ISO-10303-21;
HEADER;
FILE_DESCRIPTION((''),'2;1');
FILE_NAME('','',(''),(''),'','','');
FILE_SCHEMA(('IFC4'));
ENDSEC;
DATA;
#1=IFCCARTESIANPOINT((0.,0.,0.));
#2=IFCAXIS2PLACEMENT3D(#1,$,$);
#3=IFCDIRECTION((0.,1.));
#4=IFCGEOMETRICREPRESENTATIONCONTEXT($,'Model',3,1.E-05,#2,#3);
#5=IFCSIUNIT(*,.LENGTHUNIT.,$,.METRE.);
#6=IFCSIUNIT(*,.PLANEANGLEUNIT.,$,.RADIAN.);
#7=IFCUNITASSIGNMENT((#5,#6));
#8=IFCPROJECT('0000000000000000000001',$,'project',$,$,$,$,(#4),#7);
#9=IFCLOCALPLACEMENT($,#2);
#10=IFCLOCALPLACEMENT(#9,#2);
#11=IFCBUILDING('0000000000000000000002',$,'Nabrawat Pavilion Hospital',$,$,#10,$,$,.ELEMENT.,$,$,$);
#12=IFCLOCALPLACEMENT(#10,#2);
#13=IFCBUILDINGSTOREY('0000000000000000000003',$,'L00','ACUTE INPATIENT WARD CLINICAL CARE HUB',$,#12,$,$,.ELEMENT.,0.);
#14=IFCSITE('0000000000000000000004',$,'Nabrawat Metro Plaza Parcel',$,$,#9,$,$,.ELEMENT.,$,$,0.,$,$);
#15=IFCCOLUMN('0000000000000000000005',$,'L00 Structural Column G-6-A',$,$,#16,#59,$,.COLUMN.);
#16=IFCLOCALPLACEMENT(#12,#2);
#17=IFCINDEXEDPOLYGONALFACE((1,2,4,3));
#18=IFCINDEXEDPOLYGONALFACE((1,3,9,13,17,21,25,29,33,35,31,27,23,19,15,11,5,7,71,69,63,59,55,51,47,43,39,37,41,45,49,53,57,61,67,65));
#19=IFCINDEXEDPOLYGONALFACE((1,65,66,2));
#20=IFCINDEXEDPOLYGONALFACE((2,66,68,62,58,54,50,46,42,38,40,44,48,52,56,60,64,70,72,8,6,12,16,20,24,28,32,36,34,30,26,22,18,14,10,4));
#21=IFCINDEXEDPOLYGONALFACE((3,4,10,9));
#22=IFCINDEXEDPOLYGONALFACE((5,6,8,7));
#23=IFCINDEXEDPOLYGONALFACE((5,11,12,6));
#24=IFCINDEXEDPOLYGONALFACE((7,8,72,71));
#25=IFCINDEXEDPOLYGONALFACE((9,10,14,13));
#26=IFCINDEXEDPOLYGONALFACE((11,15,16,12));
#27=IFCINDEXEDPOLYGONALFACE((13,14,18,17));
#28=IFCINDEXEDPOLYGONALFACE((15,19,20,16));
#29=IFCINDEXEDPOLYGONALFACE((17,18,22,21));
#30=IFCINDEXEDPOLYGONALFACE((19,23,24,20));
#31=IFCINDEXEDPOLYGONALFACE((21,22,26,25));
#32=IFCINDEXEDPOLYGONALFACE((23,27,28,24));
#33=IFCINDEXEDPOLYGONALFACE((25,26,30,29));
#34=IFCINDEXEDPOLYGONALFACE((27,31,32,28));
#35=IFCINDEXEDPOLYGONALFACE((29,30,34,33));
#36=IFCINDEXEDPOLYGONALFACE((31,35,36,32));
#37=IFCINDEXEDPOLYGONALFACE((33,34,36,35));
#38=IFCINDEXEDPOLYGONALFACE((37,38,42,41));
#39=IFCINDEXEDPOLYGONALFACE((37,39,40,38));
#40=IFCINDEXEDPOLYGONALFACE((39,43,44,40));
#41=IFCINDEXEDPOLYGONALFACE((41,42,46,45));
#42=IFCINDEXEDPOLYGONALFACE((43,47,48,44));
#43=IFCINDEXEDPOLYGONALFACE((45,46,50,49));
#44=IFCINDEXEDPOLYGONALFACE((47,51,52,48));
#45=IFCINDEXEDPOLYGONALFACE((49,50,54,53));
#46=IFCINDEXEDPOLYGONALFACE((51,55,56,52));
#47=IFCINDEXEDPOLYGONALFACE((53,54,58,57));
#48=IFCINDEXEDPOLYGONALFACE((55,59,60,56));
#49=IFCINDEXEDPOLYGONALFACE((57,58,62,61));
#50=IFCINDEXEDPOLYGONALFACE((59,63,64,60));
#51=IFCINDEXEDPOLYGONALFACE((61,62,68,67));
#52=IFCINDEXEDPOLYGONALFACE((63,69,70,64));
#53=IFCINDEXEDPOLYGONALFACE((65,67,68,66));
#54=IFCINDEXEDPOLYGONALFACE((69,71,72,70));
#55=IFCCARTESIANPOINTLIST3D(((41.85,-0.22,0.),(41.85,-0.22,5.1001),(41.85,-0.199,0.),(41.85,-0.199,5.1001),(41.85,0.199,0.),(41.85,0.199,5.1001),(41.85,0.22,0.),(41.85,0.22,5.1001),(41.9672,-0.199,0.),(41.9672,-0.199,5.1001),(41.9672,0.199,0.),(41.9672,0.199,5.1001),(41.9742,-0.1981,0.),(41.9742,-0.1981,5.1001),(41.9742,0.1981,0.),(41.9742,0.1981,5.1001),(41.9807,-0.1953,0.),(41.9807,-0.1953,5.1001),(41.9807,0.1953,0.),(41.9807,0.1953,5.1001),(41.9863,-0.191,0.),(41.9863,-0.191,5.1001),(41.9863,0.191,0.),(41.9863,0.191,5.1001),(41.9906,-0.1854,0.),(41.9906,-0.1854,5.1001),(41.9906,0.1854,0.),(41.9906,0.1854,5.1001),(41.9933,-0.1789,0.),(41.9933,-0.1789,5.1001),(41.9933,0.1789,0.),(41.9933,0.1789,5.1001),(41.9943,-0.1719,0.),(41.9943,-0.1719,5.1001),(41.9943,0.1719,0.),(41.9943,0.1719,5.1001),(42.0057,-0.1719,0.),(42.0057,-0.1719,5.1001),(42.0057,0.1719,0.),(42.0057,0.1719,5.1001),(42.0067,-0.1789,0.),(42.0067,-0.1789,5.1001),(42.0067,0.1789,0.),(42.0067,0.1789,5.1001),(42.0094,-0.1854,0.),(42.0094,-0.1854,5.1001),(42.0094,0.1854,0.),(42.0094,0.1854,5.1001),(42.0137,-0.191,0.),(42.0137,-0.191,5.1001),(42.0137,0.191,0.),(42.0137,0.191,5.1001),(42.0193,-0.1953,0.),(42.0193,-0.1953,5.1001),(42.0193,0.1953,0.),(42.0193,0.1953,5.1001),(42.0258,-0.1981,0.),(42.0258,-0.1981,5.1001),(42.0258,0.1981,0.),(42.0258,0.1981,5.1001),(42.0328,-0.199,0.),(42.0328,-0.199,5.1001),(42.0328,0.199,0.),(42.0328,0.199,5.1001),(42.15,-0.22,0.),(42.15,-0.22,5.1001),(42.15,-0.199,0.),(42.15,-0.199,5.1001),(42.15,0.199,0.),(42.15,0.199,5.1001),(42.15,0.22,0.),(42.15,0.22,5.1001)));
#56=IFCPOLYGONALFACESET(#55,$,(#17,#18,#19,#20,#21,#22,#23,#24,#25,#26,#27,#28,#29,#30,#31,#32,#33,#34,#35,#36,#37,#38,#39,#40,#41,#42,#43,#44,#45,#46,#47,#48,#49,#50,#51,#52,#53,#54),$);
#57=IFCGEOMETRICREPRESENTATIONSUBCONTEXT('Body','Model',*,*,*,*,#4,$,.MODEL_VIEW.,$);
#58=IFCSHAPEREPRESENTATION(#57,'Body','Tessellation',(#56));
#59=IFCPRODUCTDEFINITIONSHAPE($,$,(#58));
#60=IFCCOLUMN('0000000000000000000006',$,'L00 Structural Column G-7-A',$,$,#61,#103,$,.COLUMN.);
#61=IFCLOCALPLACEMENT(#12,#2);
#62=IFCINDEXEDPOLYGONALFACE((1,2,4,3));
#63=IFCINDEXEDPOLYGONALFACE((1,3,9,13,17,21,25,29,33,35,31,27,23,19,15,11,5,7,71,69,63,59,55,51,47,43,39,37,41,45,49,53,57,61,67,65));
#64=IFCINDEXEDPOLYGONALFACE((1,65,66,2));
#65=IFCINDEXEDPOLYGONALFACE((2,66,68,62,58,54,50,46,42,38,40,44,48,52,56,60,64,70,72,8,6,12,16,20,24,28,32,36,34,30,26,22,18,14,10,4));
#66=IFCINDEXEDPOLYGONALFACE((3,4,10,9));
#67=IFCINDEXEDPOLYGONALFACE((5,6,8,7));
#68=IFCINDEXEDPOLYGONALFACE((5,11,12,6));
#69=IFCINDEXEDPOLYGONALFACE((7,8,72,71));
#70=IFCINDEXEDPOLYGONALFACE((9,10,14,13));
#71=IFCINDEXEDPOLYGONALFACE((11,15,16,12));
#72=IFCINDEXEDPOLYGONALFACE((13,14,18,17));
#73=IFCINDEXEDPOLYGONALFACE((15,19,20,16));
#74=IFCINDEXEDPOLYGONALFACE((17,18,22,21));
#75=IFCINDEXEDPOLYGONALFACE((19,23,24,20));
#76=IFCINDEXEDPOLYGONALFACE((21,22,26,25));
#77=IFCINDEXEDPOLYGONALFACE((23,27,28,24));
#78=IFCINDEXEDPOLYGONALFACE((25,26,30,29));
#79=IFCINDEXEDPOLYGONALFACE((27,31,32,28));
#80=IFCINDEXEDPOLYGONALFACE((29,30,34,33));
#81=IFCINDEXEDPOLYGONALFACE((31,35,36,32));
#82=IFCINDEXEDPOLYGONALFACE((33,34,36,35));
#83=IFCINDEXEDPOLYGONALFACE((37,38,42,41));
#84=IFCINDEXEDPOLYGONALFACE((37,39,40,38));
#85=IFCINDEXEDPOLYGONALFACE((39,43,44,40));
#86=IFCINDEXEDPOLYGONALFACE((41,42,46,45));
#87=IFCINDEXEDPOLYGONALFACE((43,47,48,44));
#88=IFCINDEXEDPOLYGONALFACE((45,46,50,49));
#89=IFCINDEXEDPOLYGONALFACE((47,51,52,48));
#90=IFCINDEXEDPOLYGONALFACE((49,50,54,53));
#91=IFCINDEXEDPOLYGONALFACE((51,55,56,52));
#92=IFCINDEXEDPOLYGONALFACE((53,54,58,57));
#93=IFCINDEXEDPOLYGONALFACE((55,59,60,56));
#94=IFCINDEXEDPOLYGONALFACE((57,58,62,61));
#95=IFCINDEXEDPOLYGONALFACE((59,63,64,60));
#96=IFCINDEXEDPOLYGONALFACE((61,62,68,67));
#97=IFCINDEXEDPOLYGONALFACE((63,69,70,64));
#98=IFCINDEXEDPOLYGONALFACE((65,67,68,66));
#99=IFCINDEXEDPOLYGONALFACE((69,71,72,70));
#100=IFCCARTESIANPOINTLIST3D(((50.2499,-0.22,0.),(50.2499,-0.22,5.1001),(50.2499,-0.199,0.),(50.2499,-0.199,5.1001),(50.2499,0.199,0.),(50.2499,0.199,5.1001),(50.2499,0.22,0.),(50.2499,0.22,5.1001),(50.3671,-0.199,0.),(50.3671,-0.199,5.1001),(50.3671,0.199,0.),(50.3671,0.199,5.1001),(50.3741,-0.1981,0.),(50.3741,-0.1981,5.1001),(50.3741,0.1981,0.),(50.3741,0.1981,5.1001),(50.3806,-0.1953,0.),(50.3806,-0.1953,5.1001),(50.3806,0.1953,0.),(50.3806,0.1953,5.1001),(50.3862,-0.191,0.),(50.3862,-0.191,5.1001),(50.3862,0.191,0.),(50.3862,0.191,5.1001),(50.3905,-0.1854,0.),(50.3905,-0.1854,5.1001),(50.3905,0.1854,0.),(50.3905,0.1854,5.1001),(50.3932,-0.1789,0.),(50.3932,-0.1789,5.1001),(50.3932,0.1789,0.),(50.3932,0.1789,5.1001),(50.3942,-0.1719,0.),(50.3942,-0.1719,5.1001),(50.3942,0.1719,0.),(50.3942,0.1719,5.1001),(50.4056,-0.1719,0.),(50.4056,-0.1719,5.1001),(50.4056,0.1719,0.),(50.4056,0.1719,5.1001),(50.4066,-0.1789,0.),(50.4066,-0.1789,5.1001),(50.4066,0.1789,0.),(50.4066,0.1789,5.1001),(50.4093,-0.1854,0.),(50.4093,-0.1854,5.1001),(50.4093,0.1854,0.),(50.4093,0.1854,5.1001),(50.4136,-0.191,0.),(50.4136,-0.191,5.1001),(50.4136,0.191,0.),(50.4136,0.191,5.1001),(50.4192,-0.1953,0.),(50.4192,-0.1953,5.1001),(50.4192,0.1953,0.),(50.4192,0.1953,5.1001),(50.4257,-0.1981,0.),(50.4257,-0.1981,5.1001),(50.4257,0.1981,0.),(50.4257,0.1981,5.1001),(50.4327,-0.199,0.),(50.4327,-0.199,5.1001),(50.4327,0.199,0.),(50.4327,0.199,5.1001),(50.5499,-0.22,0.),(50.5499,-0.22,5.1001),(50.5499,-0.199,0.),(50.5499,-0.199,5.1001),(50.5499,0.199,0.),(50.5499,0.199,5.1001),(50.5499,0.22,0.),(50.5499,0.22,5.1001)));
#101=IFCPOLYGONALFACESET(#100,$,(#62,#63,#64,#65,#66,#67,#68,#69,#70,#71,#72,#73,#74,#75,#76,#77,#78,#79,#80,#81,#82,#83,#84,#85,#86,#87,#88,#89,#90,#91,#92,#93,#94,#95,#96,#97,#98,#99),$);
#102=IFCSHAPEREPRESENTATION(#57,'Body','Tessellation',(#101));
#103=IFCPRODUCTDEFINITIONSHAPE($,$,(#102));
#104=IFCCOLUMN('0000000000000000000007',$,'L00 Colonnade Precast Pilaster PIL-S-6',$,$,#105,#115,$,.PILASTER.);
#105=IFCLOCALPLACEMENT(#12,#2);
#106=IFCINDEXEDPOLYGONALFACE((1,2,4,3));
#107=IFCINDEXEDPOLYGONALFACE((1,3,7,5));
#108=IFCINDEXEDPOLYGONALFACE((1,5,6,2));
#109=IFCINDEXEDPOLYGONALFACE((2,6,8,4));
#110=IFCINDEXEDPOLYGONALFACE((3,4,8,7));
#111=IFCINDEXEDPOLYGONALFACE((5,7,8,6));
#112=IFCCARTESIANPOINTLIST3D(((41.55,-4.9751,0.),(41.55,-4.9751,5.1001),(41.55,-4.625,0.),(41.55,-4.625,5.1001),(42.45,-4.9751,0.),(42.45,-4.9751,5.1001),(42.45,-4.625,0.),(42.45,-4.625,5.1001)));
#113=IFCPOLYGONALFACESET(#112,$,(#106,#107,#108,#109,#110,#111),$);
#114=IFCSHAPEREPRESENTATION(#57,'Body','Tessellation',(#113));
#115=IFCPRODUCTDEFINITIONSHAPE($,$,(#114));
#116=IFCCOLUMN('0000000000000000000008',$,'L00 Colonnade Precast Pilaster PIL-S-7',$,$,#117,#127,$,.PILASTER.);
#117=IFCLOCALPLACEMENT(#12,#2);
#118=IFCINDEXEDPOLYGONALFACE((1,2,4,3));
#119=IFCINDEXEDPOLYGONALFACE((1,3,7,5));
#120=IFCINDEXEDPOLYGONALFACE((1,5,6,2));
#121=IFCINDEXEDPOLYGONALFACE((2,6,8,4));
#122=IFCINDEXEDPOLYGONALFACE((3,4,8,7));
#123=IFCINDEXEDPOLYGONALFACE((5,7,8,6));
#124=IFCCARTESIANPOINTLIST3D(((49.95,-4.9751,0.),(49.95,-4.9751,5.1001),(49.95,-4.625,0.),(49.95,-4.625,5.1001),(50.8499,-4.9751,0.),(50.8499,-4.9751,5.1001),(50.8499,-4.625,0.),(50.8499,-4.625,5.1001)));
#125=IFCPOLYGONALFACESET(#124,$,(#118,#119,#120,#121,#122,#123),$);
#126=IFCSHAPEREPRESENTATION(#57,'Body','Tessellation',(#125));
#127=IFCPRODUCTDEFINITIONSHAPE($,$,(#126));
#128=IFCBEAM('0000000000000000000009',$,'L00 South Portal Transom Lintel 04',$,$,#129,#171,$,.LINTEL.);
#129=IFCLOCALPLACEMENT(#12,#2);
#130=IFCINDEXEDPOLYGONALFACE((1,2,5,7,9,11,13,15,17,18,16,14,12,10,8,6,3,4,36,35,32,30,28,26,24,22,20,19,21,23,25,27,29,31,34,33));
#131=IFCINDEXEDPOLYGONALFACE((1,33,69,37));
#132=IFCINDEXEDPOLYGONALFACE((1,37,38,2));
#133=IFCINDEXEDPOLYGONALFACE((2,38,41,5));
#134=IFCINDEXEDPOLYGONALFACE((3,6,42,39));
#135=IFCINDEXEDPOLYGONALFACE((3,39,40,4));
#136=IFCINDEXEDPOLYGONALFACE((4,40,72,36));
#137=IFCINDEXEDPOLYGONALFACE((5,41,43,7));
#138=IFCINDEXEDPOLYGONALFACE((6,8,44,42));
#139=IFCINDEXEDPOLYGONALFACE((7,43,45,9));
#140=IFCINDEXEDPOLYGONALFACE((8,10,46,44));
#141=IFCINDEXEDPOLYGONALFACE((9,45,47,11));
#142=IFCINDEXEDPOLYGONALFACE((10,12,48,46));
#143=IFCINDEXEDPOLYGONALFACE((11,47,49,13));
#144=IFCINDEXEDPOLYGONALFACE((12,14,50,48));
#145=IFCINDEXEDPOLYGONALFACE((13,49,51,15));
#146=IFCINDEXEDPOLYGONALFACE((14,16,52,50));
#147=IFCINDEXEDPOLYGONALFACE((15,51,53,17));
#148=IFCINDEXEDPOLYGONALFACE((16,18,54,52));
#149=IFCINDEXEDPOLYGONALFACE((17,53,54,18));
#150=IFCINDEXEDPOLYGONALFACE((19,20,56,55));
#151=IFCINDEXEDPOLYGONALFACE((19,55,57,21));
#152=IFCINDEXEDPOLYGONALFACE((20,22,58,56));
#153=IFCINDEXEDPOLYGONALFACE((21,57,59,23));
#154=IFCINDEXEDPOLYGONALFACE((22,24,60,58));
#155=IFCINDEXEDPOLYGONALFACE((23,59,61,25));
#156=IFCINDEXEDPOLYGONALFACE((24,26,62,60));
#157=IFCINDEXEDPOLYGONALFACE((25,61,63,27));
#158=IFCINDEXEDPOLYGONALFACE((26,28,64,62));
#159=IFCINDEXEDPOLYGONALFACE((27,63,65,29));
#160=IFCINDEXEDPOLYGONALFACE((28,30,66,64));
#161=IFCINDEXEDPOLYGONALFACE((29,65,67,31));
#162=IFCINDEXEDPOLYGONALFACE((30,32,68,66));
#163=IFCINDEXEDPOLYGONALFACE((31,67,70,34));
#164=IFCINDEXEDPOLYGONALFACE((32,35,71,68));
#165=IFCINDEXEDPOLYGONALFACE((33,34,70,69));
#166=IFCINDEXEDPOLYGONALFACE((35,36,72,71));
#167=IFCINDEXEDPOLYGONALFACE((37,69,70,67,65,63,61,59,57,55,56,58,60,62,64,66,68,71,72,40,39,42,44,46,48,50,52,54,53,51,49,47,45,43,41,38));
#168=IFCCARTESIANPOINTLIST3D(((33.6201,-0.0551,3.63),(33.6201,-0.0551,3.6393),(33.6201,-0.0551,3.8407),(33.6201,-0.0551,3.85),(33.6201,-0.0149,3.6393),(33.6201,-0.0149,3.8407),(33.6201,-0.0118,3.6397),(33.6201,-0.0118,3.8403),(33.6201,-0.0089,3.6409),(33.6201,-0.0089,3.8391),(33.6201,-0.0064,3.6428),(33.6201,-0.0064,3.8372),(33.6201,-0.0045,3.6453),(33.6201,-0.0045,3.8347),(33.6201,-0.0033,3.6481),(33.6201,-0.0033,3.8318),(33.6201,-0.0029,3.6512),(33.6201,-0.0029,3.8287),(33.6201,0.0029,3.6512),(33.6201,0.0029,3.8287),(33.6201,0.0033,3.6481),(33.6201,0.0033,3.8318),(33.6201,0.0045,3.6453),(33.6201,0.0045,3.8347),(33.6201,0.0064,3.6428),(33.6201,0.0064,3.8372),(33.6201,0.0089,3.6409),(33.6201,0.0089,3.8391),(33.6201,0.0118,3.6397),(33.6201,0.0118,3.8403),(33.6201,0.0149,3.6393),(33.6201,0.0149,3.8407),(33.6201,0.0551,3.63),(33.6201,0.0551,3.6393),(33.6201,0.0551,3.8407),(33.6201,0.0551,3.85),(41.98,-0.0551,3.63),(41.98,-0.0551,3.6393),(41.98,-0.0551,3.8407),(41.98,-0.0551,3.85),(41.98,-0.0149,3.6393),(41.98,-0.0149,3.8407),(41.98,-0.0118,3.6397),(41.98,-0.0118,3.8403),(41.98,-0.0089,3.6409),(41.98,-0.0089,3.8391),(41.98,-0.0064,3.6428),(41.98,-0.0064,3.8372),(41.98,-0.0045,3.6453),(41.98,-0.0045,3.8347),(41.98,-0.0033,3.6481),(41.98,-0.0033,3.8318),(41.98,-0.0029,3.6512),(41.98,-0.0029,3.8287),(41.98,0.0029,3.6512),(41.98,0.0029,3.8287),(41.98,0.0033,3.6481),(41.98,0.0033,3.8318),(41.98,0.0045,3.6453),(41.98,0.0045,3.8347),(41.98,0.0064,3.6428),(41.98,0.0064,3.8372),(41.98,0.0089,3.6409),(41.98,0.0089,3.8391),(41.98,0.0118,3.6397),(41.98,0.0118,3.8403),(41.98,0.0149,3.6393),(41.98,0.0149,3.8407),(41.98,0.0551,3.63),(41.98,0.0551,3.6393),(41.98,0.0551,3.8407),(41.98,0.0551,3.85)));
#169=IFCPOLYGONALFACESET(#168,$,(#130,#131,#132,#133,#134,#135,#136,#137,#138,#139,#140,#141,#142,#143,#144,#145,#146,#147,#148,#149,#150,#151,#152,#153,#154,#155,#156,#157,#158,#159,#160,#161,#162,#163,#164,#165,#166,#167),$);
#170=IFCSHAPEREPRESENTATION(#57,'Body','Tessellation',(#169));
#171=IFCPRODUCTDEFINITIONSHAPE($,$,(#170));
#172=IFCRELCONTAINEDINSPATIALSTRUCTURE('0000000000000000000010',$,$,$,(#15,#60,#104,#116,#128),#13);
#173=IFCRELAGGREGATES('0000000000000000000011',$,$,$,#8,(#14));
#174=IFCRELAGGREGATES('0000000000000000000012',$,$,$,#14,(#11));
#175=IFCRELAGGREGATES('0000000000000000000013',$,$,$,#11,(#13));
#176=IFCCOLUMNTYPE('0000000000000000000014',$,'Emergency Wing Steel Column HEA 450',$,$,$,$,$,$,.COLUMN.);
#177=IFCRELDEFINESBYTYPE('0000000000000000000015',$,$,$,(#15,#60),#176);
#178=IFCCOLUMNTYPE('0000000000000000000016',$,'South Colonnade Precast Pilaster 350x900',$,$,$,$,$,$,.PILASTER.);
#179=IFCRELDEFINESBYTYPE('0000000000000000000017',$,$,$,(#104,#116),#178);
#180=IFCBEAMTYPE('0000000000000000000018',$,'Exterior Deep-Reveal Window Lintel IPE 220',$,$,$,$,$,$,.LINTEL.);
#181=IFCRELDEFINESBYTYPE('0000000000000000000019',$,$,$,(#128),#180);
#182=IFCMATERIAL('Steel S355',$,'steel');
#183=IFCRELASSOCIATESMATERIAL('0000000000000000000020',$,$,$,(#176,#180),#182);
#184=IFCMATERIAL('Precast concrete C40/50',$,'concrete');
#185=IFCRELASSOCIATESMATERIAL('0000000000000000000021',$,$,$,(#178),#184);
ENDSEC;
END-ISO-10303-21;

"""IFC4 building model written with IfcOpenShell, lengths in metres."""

from ifc_helpers import new_model, si_unit, direction, frame, origin, origin_2d, place, context, subcontext, project, spatial, rectangle, i_section, extrude, material, material_profile, profile_set, type_object, element, save


model = new_model("IFC4")

# Units and contexts
model_context = context("Model", 3, precision=1e-05, world=origin(), true_north=direction((0.0, 1.0)))
body_context = subcontext(model_context, "Body", "Model", "MODEL_VIEW")
ifc_project = project(units=[si_unit("LENGTHUNIT", "METRE"), si_unit("PLANEANGLEUNIT", "RADIAN")], contexts=[model_context])

# Site, building, storey
site_placement = place(None, origin())
site = spatial("IfcSite", under=ifc_project, at=site_placement, Name="Nabrawat Metro Plaza Parcel", CompositionType="ELEMENT", RefElevation=0.0)
building_placement = place(site_placement, origin())
building = spatial("IfcBuilding", under=site, at=building_placement, Name="Nabrawat Pavilion Hospital", CompositionType="ELEMENT")
storey_placement = place(building_placement, origin())
storey = spatial("IfcBuildingStorey", under=building, at=storey_placement, Name="L00", Description="ACUTE INPATIENT WARD CLINICAL CARE HUB", CompositionType="ELEMENT", Elevation=0.0)

# Columns
ifc_material_1 = material(Name="Steel S355", Category="steel")
ifc_material_profile_1 = material_profile(ifc_material_1, i_section(OverallWidth=0.3, OverallDepth=0.4399, WebThickness=0.0115, FlangeThickness=0.021, FilletRadius=0.0271, at=origin_2d()), Name="HEA 450")
ifc_profile_set_1 = profile_set([ifc_material_profile_1], Name="Steel S355")
column_type_1 = type_object("IfcColumnType", Name="Emergency Wing Steel Column HEA 450", PredefinedType="COLUMN", material=ifc_profile_set_1)
for number, where, z_axis, x_axis, name in (
    (1, (42.0, 0.0, 0.0), (0.0, 0.0, 1.0), (1.0, 0.0, 0.0), "L00 Structural Column G-6-A"),
    (2, (50.3999, 0.0, 0.0), (0.0, 0.0, 1.0), (1.0, 0.0, 0.0), "L00 Structural Column G-7-A"),
):
    element("IfcColumn", number, at=place(storey_placement, frame(where, z_axis=z_axis, x_axis=x_axis)), inside=storey, type_object=column_type_1, Name=name, PredefinedType="COLUMN", context=body_context, shape_type="SweptSolid", body=[
        extrude(i_section(OverallWidth=0.3, OverallDepth=0.4399, WebThickness=0.0115, FlangeThickness=0.021, FilletRadius=0.0271, at=origin_2d()), origin(), (0.0, 0.0, 1.0), 5.1001),
    ])
ifc_material_2 = material(Name="Precast concrete C40/50", Category="concrete")
ifc_material_profile_2 = material_profile(ifc_material_2, rectangle(XDim=0.3501, YDim=0.8999, at=origin_2d()), Name="PC 350x900")
ifc_profile_set_2 = profile_set([ifc_material_profile_2], Name="Precast concrete C40/50")
column_type_2 = type_object("IfcColumnType", Name="South Colonnade Precast Pilaster 350x900", PredefinedType="PILASTER", material=ifc_profile_set_2)
for number, where, z_axis, x_axis, name in (
    (3, (42.0, -4.8, 0.0), (0.0, 0.0, 1.0), (0.0, 1.0, 0.0), "L00 Colonnade Precast Pilaster PIL-S-6"),
    (4, (50.3999, -4.8, 0.0), (0.0, 0.0, 1.0), (0.0, 1.0, 0.0), "L00 Colonnade Precast Pilaster PIL-S-7"),
):
    element("IfcColumn", number, at=place(storey_placement, frame(where, z_axis=z_axis, x_axis=x_axis)), inside=storey, type_object=column_type_2, Name=name, PredefinedType="PILASTER", context=body_context, shape_type="SweptSolid", body=[
        extrude(rectangle(XDim=0.3501, YDim=0.8999, at=origin_2d()), origin(), (0.0, 0.0, 1.0), 5.1001),
    ])

# Beam
ifc_material_profile_3 = material_profile(ifc_material_1, i_section(OverallWidth=0.1101, OverallDepth=0.22, WebThickness=0.0059, FlangeThickness=0.0093, FilletRadius=0.012, at=origin_2d()), Name="IPE 220")
ifc_profile_set_3 = profile_set([ifc_material_profile_3], Name="Steel S355")
beam_type_1 = type_object("IfcBeamType", Name="Exterior Deep-Reveal Window Lintel IPE 220", PredefinedType="LINTEL", material=ifc_profile_set_3)
for number, where, z_axis, x_axis, name in (
    (5, (33.6201, 0.0, 3.74), (1.0, 0.0, 0.0), (0.0, 1.0, 0.0), "L00 South Portal Transom Lintel 04"),
):
    element("IfcBeam", number, at=place(storey_placement, frame(where, z_axis=z_axis, x_axis=x_axis)), inside=storey, type_object=beam_type_1, Name=name, PredefinedType="LINTEL", context=body_context, shape_type="SweptSolid", body=[
        extrude(i_section(OverallWidth=0.1101, OverallDepth=0.22, WebThickness=0.0059, FlangeThickness=0.0093, FilletRadius=0.012, at=origin_2d()), origin(), (0.0, 0.0, 1.0), 8.3599),
    ])

save(model, "model.ifc")
